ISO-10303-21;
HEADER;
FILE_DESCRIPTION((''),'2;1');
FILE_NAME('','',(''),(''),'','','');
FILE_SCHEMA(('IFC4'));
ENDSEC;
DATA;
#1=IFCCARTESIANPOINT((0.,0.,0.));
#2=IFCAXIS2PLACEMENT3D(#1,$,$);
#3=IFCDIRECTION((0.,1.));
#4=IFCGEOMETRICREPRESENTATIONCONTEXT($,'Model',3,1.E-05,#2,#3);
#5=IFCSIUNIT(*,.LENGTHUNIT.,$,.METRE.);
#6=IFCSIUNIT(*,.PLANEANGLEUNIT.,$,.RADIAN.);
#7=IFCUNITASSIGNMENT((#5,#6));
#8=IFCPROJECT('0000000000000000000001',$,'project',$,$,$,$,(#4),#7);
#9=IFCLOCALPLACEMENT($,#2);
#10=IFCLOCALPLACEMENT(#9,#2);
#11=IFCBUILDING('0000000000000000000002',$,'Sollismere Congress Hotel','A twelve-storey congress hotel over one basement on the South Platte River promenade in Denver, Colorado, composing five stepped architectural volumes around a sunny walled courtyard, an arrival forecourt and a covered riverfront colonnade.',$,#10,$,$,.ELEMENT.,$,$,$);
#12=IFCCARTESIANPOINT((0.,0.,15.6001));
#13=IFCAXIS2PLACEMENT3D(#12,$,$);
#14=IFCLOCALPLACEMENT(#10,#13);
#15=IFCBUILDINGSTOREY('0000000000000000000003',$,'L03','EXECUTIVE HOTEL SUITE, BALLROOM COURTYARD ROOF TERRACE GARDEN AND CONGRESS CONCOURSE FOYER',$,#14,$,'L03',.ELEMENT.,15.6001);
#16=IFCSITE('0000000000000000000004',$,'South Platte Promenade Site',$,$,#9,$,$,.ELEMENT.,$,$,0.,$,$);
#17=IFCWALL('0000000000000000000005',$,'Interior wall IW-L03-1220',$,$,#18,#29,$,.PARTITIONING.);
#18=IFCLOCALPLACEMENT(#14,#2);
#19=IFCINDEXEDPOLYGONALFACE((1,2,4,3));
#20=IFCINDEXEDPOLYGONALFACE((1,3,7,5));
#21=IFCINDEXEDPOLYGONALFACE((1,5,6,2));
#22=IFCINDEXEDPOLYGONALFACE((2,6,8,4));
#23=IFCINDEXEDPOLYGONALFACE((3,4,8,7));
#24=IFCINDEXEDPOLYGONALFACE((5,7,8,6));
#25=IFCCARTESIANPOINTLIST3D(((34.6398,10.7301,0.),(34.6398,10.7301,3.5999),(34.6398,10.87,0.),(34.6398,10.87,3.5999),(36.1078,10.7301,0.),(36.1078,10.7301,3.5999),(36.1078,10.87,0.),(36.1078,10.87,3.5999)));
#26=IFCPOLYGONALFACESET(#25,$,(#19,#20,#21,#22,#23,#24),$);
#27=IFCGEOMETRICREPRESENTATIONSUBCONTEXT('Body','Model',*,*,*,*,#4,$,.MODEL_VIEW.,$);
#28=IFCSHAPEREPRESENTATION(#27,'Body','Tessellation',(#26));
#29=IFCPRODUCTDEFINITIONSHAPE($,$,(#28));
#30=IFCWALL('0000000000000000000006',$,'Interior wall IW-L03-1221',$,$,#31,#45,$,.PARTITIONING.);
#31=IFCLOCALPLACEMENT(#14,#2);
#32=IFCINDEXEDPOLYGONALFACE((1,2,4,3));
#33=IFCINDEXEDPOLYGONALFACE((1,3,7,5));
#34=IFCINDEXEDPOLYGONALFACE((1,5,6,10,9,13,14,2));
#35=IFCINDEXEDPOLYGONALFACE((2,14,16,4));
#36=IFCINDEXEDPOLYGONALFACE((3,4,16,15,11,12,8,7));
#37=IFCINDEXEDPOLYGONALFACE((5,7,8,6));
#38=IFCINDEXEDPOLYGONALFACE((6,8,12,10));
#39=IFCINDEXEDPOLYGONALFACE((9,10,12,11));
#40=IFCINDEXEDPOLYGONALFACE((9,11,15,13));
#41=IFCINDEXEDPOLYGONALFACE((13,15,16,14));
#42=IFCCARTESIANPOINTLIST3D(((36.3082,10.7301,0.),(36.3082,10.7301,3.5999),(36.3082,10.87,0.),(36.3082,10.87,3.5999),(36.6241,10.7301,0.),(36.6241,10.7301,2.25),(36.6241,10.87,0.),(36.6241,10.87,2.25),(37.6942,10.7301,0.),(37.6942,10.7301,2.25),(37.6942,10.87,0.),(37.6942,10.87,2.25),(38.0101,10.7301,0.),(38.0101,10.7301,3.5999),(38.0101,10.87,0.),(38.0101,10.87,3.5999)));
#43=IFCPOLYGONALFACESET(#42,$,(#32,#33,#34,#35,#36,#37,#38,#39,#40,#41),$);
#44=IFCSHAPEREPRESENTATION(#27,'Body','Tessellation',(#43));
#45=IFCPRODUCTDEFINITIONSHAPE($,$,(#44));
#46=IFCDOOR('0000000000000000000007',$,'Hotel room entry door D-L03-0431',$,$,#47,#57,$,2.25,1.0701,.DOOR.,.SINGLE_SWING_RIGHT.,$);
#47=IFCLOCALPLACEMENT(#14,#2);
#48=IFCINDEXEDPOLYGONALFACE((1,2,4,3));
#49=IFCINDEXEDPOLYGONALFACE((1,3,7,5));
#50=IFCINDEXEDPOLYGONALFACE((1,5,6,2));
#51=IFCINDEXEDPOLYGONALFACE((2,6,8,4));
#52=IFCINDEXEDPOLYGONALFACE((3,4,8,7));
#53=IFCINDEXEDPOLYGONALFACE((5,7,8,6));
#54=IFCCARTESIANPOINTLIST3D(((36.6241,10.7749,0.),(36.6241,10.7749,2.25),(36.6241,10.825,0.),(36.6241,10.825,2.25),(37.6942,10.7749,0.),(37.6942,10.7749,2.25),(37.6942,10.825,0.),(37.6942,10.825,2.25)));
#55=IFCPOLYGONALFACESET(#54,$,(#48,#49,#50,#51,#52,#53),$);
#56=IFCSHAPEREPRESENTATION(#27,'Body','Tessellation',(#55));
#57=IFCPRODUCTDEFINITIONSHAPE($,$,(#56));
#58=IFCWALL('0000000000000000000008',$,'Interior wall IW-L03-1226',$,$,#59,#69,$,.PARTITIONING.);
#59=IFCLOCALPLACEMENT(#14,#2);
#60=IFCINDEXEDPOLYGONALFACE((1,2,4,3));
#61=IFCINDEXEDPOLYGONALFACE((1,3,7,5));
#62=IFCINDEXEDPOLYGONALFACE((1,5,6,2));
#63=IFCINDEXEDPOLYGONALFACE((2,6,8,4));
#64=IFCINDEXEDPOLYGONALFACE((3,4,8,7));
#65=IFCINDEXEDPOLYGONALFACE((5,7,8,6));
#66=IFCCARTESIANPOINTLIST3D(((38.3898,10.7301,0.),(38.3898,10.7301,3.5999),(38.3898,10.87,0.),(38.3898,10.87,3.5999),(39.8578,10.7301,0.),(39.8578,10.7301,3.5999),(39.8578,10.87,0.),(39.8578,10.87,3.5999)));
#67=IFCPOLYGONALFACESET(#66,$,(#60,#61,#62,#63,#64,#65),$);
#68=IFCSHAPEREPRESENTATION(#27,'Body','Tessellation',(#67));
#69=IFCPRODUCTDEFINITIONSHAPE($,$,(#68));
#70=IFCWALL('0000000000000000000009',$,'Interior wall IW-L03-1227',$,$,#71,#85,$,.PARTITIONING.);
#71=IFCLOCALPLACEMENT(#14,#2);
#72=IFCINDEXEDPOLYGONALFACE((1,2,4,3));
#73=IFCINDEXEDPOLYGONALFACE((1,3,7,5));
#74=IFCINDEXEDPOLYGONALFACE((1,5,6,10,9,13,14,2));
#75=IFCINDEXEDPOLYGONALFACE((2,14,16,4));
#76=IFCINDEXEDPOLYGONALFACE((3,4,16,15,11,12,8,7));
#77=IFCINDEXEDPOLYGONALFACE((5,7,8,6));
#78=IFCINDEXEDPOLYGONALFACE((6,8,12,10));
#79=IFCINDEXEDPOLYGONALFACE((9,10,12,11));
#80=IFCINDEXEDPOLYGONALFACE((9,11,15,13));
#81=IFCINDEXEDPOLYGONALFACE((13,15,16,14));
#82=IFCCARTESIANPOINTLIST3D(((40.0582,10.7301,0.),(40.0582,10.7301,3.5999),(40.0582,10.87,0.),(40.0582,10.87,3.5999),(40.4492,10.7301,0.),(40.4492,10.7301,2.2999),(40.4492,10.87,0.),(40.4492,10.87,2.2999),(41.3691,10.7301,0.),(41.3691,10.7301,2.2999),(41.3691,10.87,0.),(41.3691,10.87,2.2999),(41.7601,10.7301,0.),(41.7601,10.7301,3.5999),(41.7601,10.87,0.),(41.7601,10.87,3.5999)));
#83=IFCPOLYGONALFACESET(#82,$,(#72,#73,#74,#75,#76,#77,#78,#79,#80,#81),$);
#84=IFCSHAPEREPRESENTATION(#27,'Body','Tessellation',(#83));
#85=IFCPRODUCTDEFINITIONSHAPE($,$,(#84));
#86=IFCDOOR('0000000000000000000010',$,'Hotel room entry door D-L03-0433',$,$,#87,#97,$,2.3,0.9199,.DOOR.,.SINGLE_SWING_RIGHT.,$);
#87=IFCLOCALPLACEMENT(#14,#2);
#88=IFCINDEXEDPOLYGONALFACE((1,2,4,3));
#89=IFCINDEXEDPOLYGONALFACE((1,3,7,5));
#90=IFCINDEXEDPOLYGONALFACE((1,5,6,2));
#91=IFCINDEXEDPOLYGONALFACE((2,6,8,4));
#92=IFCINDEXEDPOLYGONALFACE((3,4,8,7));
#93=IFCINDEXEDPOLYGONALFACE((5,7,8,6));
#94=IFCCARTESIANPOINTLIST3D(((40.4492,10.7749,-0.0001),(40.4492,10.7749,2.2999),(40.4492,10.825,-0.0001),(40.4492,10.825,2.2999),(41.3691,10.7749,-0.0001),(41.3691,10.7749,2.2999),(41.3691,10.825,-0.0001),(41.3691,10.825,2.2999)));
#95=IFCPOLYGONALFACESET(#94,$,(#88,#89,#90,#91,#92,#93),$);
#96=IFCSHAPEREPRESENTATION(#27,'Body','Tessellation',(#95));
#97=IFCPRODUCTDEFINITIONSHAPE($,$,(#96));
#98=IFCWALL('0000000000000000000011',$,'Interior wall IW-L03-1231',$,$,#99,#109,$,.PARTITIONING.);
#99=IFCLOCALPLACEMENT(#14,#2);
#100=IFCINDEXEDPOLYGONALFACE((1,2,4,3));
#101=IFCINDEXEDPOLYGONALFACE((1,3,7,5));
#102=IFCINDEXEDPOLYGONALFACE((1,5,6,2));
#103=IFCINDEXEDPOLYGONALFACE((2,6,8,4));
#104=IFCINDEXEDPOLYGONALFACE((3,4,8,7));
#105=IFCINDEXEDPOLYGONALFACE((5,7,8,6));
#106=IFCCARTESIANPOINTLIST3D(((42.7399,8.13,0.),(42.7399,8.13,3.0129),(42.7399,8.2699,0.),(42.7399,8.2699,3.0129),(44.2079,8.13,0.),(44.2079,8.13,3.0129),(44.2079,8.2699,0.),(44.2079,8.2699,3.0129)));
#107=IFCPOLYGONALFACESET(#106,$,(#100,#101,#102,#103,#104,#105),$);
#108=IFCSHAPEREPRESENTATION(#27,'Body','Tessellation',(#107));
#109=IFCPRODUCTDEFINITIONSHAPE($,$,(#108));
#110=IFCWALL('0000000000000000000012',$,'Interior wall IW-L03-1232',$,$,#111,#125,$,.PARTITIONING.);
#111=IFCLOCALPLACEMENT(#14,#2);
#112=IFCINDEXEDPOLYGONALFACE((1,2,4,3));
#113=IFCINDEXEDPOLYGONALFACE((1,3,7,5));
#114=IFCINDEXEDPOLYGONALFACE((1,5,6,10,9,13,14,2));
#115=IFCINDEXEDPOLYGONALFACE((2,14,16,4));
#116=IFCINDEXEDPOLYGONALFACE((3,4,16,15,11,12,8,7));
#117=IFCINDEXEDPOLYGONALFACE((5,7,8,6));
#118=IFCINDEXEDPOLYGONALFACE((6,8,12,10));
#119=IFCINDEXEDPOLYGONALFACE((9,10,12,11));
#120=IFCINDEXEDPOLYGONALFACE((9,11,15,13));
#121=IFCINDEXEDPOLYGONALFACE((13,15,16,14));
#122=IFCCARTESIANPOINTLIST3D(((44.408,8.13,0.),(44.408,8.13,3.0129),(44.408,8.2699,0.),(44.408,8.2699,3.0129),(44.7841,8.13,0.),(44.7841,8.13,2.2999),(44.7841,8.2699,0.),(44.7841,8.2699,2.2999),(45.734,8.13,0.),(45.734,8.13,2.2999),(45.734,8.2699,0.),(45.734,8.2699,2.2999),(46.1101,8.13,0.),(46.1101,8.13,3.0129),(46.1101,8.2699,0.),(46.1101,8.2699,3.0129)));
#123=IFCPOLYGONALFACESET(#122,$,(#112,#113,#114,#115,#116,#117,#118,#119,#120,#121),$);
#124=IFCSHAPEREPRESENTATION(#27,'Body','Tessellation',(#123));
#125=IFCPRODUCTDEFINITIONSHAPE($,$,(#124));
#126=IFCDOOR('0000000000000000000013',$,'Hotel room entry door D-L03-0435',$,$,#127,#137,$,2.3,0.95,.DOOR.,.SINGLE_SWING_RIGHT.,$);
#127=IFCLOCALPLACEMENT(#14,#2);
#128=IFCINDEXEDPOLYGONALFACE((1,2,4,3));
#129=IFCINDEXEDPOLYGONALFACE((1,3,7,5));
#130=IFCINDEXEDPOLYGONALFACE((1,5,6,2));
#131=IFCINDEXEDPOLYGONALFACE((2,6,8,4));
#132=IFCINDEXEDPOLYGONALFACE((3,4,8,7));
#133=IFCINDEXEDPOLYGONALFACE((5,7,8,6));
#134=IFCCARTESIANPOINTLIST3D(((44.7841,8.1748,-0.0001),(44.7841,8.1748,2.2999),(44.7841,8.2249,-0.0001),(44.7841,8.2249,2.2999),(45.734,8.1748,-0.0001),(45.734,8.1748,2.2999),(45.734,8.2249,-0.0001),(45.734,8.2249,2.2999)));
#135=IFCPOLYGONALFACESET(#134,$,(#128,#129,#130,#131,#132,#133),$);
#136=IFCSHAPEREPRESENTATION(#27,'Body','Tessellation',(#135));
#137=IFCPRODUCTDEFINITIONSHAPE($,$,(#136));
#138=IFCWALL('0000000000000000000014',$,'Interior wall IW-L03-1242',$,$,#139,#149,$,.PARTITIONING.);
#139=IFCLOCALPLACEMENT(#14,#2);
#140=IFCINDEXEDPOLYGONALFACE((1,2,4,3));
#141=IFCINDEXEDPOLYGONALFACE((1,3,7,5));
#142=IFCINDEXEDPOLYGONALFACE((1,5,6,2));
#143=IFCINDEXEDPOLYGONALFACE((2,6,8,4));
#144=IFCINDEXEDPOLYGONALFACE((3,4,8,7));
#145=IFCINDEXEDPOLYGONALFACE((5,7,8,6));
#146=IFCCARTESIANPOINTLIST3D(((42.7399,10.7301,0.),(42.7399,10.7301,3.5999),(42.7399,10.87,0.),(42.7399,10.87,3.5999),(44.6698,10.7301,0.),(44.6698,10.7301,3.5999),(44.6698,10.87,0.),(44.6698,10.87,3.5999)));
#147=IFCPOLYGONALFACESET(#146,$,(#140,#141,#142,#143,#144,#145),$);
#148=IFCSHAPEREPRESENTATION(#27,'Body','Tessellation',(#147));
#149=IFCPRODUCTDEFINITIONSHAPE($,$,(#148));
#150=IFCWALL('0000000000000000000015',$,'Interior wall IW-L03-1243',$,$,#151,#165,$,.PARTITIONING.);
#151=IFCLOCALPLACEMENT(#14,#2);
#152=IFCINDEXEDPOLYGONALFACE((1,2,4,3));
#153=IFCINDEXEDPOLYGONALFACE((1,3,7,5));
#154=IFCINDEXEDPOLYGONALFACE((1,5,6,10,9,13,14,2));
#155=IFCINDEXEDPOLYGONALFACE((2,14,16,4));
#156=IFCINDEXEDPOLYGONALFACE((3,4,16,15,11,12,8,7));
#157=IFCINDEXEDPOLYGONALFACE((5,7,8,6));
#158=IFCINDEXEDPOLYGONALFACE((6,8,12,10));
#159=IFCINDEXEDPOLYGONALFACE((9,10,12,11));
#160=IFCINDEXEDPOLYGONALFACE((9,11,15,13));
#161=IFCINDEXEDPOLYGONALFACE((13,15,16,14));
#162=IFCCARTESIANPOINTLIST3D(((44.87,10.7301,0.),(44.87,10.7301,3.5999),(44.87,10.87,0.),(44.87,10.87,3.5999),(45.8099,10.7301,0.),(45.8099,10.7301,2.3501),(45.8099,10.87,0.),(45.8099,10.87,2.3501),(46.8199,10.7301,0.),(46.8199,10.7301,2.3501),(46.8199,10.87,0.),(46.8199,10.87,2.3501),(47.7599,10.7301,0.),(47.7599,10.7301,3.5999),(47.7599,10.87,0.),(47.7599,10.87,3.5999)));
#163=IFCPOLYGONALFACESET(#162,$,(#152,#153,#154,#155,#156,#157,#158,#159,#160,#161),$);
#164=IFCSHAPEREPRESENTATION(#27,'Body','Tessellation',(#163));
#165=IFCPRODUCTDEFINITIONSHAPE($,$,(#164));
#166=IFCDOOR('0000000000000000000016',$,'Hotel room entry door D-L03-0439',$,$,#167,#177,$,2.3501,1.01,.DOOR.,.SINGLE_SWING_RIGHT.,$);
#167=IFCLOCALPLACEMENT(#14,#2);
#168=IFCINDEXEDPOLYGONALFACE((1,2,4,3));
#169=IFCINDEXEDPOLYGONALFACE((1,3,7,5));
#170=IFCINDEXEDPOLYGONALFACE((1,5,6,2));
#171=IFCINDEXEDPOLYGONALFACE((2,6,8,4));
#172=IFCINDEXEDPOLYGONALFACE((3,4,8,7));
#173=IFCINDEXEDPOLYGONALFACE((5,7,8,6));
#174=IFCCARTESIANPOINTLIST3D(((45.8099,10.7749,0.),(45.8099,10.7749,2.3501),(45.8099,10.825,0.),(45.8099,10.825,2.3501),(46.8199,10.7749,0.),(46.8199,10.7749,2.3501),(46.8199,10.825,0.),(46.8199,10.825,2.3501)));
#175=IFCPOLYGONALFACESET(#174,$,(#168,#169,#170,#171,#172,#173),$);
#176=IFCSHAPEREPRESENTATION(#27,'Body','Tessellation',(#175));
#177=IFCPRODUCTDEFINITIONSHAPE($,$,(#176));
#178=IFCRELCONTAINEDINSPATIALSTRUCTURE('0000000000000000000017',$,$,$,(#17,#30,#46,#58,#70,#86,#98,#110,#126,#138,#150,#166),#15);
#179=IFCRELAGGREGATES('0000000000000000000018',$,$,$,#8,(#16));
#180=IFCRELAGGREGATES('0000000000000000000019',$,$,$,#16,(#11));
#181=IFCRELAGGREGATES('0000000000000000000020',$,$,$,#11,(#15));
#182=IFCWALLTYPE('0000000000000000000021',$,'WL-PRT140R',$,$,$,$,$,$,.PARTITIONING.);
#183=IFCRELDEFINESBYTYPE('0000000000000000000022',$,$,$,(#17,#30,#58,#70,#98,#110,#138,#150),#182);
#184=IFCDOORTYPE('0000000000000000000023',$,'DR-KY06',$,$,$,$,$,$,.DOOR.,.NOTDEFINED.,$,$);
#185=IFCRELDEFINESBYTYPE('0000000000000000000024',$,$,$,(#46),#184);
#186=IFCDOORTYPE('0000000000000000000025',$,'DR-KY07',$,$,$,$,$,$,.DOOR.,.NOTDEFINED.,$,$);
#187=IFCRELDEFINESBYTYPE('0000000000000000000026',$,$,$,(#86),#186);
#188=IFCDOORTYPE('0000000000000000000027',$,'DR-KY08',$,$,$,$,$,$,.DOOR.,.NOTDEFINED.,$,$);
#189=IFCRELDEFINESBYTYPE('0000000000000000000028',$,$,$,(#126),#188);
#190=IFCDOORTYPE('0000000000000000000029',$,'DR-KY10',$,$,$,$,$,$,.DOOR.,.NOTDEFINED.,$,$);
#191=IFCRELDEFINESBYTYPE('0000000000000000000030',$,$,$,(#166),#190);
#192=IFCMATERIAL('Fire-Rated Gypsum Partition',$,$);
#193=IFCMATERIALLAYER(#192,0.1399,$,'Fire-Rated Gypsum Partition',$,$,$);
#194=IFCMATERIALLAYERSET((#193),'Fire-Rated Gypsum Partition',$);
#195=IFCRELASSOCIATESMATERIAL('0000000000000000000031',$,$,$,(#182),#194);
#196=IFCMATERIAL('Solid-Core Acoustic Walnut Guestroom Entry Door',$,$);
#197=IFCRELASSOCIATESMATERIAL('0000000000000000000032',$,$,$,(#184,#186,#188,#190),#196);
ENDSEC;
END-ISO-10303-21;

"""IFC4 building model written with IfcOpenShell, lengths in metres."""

from ifc_helpers import new_model, si_unit, direction, frame, frame_2d, origin, place, context, subcontext, project, spatial, rectangle, extrude, material, layer, layer_set, type_object, element, fill, save


model = new_model("IFC4")

# Units and contexts
model_context = context("Model", 3, precision=1e-05, world=origin(), true_north=direction((0.0, 1.0)))
body_context = subcontext(model_context, "Body", "Model", "MODEL_VIEW")
ifc_project = project(units=[si_unit("LENGTHUNIT", "METRE"), si_unit("PLANEANGLEUNIT", "RADIAN")], contexts=[model_context])

# Site, building, storey
site_placement = place(None, origin())
site = spatial("IfcSite", under=ifc_project, at=site_placement, Name="South Platte Promenade Site", CompositionType="ELEMENT", RefElevation=0.0)
building_placement = place(site_placement, origin())
building = spatial("IfcBuilding", under=site, at=building_placement, Name="Sollismere Congress Hotel", Description="A twelve-storey congress hotel over one basement on the South Platte River promenade in Denver, Colorado, composing five stepped architectural volumes around a sunny walled courtyard, an arrival forecourt and a covered riverfront colonnade.", CompositionType="ELEMENT")
storey_placement = place(building_placement, frame((0.0, 0.0, 15.6001)))
storey = spatial("IfcBuildingStorey", under=building, at=storey_placement, Name="L03", Description="EXECUTIVE HOTEL SUITE, BALLROOM COURTYARD ROOF TERRACE GARDEN AND CONGRESS CONCOURSE FOYER", LongName="L03", CompositionType="ELEMENT", Elevation=15.6001)

# Wall
ifc_material_1 = material(Name="Fire-Rated Gypsum Partition")
ifc_layer_1 = layer(ifc_material_1, 0.1399, Name="Fire-Rated Gypsum Partition")
ifc_layer_set_1 = layer_set([ifc_layer_1], Name="Fire-Rated Gypsum Partition")
wall_type_1 = type_object("IfcWallType", Name="WL-PRT140R", PredefinedType="PARTITIONING", material=ifc_layer_set_1)
wall_1_placement = place(storey_placement, frame((34.6399, 10.8, 0.0), z_axis=(0.0, 0.0, 1.0), x_axis=(1.0, 0.0, 0.0)))
element("IfcWall", 1, at=wall_1_placement, inside=storey, type_object=wall_type_1, Name="Interior wall IW-L03-1220", PredefinedType="PARTITIONING", context=body_context, shape_type="SweptSolid", body=[
    extrude(rectangle(XDim=1.468, YDim=0.1399, at=frame_2d((0.7339, 0.0))), origin(), (0.0, 0.0, 1.0), 3.5999),
])

# Wall, opening, door
wall_2_placement = place(storey_placement, frame((36.3081, 10.8, 0.0), z_axis=(0.0, 0.0, 1.0), x_axis=(1.0, 0.0, 0.0)))
wall_2 = element("IfcWall", 2, at=wall_2_placement, inside=storey, type_object=wall_type_1, Name="Interior wall IW-L03-1221", PredefinedType="PARTITIONING", context=body_context, shape_type="SweptSolid", body=[
    extrude(rectangle(XDim=1.7019, YDim=0.1399, at=frame_2d((0.8511, 0.0))), origin(), (0.0, 0.0, 1.0), 3.5999),
])
opening_1_placement = place(wall_2_placement, frame((0.3159, 0.0, 0.0)))
opening_1 = element("IfcOpeningElement", 3, at=opening_1_placement, cuts=wall_2, PredefinedType="OPENING", context=body_context, shape_type="SweptSolid", body=[
    extrude(rectangle(XDim=1.0701, YDim=2.25, at=frame_2d((0.5352, 1.125))), frame((0.0, 0.0798, 0.0), z_axis=(0.0, -1.0, 0.0), x_axis=(1.0, 0.0, 0.0)), (0.0, 0.0, 1.0), 0.1599),
])
ifc_material_2 = material(Name="Solid-Core Acoustic Walnut Guestroom Entry Door")
door_type_1 = type_object("IfcDoorType", Name="DR-KY06", OperationType="NOTDEFINED", PredefinedType="DOOR", material=ifc_material_2)
door_1_placement = place(opening_1_placement, origin())
door_1 = element("IfcDoor", 4, at=door_1_placement, inside=storey, type_object=door_type_1, Name="Hotel room entry door D-L03-0431", OperationType="SINGLE_SWING_RIGHT", OverallHeight=2.25, OverallWidth=1.0701, PredefinedType="DOOR", context=body_context, shape_type="SweptSolid", body=[
    extrude(rectangle(XDim=1.0701, YDim=2.25, at=frame_2d((0.5352, 1.125))), frame((0.0, 0.0249, 0.0), z_axis=(0.0, -1.0, 0.0), x_axis=(1.0, 0.0, 0.0)), (0.0, 0.0, 1.0), 0.05),
])
fill(opening_1, door_1)

# Wall
wall_3_placement = place(storey_placement, frame((38.3899, 10.8, 0.0), z_axis=(0.0, 0.0, 1.0), x_axis=(1.0, 0.0, 0.0)))
element("IfcWall", 5, at=wall_3_placement, inside=storey, type_object=wall_type_1, Name="Interior wall IW-L03-1226", PredefinedType="PARTITIONING", context=body_context, shape_type="SweptSolid", body=[
    extrude(rectangle(XDim=1.468, YDim=0.1399, at=frame_2d((0.7339, 0.0))), origin(), (0.0, 0.0, 1.0), 3.5999),
])

# Wall, opening, door
wall_4_placement = place(storey_placement, frame((40.0581, 10.8, 0.0), z_axis=(0.0, 0.0, 1.0), x_axis=(1.0, 0.0, 0.0)))
wall_4 = element("IfcWall", 6, at=wall_4_placement, inside=storey, type_object=wall_type_1, Name="Interior wall IW-L03-1227", PredefinedType="PARTITIONING", context=body_context, shape_type="SweptSolid", body=[
    extrude(rectangle(XDim=1.7019, YDim=0.1399, at=frame_2d((0.8511, 0.0))), origin(), (0.0, 0.0, 1.0), 3.5999),
])
opening_2_placement = place(wall_4_placement, frame((0.3911, 0.0, 0.0)))
opening_2 = element("IfcOpeningElement", 7, at=opening_2_placement, cuts=wall_4, PredefinedType="OPENING", context=body_context, shape_type="SweptSolid", body=[
    extrude(rectangle(XDim=0.9199, YDim=2.3, at=frame_2d((0.46, 1.1499))), frame((0.0, 0.0798, 0.0), z_axis=(0.0, -1.0, 0.0), x_axis=(1.0, 0.0, 0.0)), (0.0, 0.0, 1.0), 0.1599),
])
door_type_2 = type_object("IfcDoorType", Name="DR-KY07", OperationType="NOTDEFINED", PredefinedType="DOOR", material=ifc_material_2)
door_2_placement = place(opening_2_placement, origin())
door_2 = element("IfcDoor", 8, at=door_2_placement, inside=storey, type_object=door_type_2, Name="Hotel room entry door D-L03-0433", OperationType="SINGLE_SWING_RIGHT", OverallHeight=2.3, OverallWidth=0.9199, PredefinedType="DOOR", context=body_context, shape_type="SweptSolid", body=[
    extrude(rectangle(XDim=0.9199, YDim=2.3, at=frame_2d((0.46, 1.1499))), frame((0.0, 0.0249, 0.0), z_axis=(0.0, -1.0, 0.0), x_axis=(1.0, 0.0, 0.0)), (0.0, 0.0, 1.0), 0.05),
])
fill(opening_2, door_2)

# Wall
wall_5_placement = place(storey_placement, frame((42.74, 8.2, 0.0), z_axis=(0.0, 0.0, 1.0), x_axis=(1.0, 0.0, 0.0)))
element("IfcWall", 9, at=wall_5_placement, inside=storey, type_object=wall_type_1, Name="Interior wall IW-L03-1231", PredefinedType="PARTITIONING", context=body_context, shape_type="SweptSolid", body=[
    extrude(rectangle(XDim=1.468, YDim=0.1399, at=frame_2d((0.7339, 0.0))), origin(), (0.0, 0.0, 1.0), 3.0129),
])

# Wall, opening, door
wall_6_placement = place(storey_placement, frame((44.408, 8.2, 0.0), z_axis=(0.0, 0.0, 1.0), x_axis=(1.0, 0.0, 0.0)))
wall_6 = element("IfcWall", 10, at=wall_6_placement, inside=storey, type_object=wall_type_1, Name="Interior wall IW-L03-1232", PredefinedType="PARTITIONING", context=body_context, shape_type="SweptSolid", body=[
    extrude(rectangle(XDim=1.7021, YDim=0.1399, at=frame_2d((0.8511, 0.0))), origin(), (0.0, 0.0, 1.0), 3.0129),
])
opening_3_placement = place(wall_6_placement, frame((0.376, 0.0, 0.0)))
opening_3 = element("IfcOpeningElement", 11, at=opening_3_placement, cuts=wall_6, PredefinedType="OPENING", context=body_context, shape_type="SweptSolid", body=[
    extrude(rectangle(XDim=0.95, YDim=2.3, at=frame_2d((0.4751, 1.1499))), frame((0.0, 0.0798, 0.0), z_axis=(0.0, -1.0, 0.0), x_axis=(1.0, 0.0, 0.0)), (0.0, 0.0, 1.0), 0.1599),
])
door_type_3 = type_object("IfcDoorType", Name="DR-KY08", OperationType="NOTDEFINED", PredefinedType="DOOR", material=ifc_material_2)
door_3_placement = place(opening_3_placement, origin())
door_3 = element("IfcDoor", 12, at=door_3_placement, inside=storey, type_object=door_type_3, Name="Hotel room entry door D-L03-0435", OperationType="SINGLE_SWING_RIGHT", OverallHeight=2.3, OverallWidth=0.95, PredefinedType="DOOR", context=body_context, shape_type="SweptSolid", body=[
    extrude(rectangle(XDim=0.95, YDim=2.3, at=frame_2d((0.4751, 1.1499))), frame((0.0, 0.0249, 0.0), z_axis=(0.0, -1.0, 0.0), x_axis=(1.0, 0.0, 0.0)), (0.0, 0.0, 1.0), 0.05),
])
fill(opening_3, door_3)

# Wall
wall_7_placement = place(storey_placement, frame((42.74, 10.8, 0.0), z_axis=(0.0, 0.0, 1.0), x_axis=(1.0, 0.0, 0.0)))
element("IfcWall", 13, at=wall_7_placement, inside=storey, type_object=wall_type_1, Name="Interior wall IW-L03-1242", PredefinedType="PARTITIONING", context=body_context, shape_type="SweptSolid", body=[
    extrude(rectangle(XDim=1.9299, YDim=0.1399, at=frame_2d((0.9648, 0.0))), origin(), (0.0, 0.0, 1.0), 3.5999),
])

# Wall, opening, door
wall_8_placement = place(storey_placement, frame((44.8701, 10.8, 0.0), z_axis=(0.0, 0.0, 1.0), x_axis=(1.0, 0.0, 0.0)))
wall_8 = element("IfcWall", 14, at=wall_8_placement, inside=storey, type_object=wall_type_1, Name="Interior wall IW-L03-1243", PredefinedType="PARTITIONING", context=body_context, shape_type="SweptSolid", body=[
    extrude(rectangle(XDim=2.8899, YDim=0.1399, at=frame_2d((1.4448, 0.0))), origin(), (0.0, 0.0, 1.0), 3.5999),
])
opening_4_placement = place(wall_8_placement, frame((0.9399, 0.0, 0.0)))
opening_4 = element("IfcOpeningElement", 15, at=opening_4_placement, cuts=wall_8, PredefinedType="OPENING", context=body_context, shape_type="SweptSolid", body=[
    extrude(rectangle(XDim=1.01, YDim=2.3501, at=frame_2d((0.5049, 1.175))), frame((0.0, 0.0798, 0.0), z_axis=(0.0, -1.0, 0.0), x_axis=(1.0, 0.0, 0.0)), (0.0, 0.0, 1.0), 0.1599),
])
door_type_4 = type_object("IfcDoorType", Name="DR-KY10", OperationType="NOTDEFINED", PredefinedType="DOOR", material=ifc_material_2)
door_4_placement = place(opening_4_placement, origin())
door_4 = element("IfcDoor", 16, at=door_4_placement, inside=storey, type_object=door_type_4, Name="Hotel room entry door D-L03-0439", OperationType="SINGLE_SWING_RIGHT", OverallHeight=2.3501, OverallWidth=1.01, PredefinedType="DOOR", context=body_context, shape_type="SweptSolid", body=[
    extrude(rectangle(XDim=1.01, YDim=2.3501, at=frame_2d((0.5049, 1.175))), frame((0.0, 0.0249, 0.0), z_axis=(0.0, -1.0, 0.0), x_axis=(1.0, 0.0, 0.0)), (0.0, 0.0, 1.0), 0.05),
])
fill(opening_4, door_4)

save(model, "model.ifc")
